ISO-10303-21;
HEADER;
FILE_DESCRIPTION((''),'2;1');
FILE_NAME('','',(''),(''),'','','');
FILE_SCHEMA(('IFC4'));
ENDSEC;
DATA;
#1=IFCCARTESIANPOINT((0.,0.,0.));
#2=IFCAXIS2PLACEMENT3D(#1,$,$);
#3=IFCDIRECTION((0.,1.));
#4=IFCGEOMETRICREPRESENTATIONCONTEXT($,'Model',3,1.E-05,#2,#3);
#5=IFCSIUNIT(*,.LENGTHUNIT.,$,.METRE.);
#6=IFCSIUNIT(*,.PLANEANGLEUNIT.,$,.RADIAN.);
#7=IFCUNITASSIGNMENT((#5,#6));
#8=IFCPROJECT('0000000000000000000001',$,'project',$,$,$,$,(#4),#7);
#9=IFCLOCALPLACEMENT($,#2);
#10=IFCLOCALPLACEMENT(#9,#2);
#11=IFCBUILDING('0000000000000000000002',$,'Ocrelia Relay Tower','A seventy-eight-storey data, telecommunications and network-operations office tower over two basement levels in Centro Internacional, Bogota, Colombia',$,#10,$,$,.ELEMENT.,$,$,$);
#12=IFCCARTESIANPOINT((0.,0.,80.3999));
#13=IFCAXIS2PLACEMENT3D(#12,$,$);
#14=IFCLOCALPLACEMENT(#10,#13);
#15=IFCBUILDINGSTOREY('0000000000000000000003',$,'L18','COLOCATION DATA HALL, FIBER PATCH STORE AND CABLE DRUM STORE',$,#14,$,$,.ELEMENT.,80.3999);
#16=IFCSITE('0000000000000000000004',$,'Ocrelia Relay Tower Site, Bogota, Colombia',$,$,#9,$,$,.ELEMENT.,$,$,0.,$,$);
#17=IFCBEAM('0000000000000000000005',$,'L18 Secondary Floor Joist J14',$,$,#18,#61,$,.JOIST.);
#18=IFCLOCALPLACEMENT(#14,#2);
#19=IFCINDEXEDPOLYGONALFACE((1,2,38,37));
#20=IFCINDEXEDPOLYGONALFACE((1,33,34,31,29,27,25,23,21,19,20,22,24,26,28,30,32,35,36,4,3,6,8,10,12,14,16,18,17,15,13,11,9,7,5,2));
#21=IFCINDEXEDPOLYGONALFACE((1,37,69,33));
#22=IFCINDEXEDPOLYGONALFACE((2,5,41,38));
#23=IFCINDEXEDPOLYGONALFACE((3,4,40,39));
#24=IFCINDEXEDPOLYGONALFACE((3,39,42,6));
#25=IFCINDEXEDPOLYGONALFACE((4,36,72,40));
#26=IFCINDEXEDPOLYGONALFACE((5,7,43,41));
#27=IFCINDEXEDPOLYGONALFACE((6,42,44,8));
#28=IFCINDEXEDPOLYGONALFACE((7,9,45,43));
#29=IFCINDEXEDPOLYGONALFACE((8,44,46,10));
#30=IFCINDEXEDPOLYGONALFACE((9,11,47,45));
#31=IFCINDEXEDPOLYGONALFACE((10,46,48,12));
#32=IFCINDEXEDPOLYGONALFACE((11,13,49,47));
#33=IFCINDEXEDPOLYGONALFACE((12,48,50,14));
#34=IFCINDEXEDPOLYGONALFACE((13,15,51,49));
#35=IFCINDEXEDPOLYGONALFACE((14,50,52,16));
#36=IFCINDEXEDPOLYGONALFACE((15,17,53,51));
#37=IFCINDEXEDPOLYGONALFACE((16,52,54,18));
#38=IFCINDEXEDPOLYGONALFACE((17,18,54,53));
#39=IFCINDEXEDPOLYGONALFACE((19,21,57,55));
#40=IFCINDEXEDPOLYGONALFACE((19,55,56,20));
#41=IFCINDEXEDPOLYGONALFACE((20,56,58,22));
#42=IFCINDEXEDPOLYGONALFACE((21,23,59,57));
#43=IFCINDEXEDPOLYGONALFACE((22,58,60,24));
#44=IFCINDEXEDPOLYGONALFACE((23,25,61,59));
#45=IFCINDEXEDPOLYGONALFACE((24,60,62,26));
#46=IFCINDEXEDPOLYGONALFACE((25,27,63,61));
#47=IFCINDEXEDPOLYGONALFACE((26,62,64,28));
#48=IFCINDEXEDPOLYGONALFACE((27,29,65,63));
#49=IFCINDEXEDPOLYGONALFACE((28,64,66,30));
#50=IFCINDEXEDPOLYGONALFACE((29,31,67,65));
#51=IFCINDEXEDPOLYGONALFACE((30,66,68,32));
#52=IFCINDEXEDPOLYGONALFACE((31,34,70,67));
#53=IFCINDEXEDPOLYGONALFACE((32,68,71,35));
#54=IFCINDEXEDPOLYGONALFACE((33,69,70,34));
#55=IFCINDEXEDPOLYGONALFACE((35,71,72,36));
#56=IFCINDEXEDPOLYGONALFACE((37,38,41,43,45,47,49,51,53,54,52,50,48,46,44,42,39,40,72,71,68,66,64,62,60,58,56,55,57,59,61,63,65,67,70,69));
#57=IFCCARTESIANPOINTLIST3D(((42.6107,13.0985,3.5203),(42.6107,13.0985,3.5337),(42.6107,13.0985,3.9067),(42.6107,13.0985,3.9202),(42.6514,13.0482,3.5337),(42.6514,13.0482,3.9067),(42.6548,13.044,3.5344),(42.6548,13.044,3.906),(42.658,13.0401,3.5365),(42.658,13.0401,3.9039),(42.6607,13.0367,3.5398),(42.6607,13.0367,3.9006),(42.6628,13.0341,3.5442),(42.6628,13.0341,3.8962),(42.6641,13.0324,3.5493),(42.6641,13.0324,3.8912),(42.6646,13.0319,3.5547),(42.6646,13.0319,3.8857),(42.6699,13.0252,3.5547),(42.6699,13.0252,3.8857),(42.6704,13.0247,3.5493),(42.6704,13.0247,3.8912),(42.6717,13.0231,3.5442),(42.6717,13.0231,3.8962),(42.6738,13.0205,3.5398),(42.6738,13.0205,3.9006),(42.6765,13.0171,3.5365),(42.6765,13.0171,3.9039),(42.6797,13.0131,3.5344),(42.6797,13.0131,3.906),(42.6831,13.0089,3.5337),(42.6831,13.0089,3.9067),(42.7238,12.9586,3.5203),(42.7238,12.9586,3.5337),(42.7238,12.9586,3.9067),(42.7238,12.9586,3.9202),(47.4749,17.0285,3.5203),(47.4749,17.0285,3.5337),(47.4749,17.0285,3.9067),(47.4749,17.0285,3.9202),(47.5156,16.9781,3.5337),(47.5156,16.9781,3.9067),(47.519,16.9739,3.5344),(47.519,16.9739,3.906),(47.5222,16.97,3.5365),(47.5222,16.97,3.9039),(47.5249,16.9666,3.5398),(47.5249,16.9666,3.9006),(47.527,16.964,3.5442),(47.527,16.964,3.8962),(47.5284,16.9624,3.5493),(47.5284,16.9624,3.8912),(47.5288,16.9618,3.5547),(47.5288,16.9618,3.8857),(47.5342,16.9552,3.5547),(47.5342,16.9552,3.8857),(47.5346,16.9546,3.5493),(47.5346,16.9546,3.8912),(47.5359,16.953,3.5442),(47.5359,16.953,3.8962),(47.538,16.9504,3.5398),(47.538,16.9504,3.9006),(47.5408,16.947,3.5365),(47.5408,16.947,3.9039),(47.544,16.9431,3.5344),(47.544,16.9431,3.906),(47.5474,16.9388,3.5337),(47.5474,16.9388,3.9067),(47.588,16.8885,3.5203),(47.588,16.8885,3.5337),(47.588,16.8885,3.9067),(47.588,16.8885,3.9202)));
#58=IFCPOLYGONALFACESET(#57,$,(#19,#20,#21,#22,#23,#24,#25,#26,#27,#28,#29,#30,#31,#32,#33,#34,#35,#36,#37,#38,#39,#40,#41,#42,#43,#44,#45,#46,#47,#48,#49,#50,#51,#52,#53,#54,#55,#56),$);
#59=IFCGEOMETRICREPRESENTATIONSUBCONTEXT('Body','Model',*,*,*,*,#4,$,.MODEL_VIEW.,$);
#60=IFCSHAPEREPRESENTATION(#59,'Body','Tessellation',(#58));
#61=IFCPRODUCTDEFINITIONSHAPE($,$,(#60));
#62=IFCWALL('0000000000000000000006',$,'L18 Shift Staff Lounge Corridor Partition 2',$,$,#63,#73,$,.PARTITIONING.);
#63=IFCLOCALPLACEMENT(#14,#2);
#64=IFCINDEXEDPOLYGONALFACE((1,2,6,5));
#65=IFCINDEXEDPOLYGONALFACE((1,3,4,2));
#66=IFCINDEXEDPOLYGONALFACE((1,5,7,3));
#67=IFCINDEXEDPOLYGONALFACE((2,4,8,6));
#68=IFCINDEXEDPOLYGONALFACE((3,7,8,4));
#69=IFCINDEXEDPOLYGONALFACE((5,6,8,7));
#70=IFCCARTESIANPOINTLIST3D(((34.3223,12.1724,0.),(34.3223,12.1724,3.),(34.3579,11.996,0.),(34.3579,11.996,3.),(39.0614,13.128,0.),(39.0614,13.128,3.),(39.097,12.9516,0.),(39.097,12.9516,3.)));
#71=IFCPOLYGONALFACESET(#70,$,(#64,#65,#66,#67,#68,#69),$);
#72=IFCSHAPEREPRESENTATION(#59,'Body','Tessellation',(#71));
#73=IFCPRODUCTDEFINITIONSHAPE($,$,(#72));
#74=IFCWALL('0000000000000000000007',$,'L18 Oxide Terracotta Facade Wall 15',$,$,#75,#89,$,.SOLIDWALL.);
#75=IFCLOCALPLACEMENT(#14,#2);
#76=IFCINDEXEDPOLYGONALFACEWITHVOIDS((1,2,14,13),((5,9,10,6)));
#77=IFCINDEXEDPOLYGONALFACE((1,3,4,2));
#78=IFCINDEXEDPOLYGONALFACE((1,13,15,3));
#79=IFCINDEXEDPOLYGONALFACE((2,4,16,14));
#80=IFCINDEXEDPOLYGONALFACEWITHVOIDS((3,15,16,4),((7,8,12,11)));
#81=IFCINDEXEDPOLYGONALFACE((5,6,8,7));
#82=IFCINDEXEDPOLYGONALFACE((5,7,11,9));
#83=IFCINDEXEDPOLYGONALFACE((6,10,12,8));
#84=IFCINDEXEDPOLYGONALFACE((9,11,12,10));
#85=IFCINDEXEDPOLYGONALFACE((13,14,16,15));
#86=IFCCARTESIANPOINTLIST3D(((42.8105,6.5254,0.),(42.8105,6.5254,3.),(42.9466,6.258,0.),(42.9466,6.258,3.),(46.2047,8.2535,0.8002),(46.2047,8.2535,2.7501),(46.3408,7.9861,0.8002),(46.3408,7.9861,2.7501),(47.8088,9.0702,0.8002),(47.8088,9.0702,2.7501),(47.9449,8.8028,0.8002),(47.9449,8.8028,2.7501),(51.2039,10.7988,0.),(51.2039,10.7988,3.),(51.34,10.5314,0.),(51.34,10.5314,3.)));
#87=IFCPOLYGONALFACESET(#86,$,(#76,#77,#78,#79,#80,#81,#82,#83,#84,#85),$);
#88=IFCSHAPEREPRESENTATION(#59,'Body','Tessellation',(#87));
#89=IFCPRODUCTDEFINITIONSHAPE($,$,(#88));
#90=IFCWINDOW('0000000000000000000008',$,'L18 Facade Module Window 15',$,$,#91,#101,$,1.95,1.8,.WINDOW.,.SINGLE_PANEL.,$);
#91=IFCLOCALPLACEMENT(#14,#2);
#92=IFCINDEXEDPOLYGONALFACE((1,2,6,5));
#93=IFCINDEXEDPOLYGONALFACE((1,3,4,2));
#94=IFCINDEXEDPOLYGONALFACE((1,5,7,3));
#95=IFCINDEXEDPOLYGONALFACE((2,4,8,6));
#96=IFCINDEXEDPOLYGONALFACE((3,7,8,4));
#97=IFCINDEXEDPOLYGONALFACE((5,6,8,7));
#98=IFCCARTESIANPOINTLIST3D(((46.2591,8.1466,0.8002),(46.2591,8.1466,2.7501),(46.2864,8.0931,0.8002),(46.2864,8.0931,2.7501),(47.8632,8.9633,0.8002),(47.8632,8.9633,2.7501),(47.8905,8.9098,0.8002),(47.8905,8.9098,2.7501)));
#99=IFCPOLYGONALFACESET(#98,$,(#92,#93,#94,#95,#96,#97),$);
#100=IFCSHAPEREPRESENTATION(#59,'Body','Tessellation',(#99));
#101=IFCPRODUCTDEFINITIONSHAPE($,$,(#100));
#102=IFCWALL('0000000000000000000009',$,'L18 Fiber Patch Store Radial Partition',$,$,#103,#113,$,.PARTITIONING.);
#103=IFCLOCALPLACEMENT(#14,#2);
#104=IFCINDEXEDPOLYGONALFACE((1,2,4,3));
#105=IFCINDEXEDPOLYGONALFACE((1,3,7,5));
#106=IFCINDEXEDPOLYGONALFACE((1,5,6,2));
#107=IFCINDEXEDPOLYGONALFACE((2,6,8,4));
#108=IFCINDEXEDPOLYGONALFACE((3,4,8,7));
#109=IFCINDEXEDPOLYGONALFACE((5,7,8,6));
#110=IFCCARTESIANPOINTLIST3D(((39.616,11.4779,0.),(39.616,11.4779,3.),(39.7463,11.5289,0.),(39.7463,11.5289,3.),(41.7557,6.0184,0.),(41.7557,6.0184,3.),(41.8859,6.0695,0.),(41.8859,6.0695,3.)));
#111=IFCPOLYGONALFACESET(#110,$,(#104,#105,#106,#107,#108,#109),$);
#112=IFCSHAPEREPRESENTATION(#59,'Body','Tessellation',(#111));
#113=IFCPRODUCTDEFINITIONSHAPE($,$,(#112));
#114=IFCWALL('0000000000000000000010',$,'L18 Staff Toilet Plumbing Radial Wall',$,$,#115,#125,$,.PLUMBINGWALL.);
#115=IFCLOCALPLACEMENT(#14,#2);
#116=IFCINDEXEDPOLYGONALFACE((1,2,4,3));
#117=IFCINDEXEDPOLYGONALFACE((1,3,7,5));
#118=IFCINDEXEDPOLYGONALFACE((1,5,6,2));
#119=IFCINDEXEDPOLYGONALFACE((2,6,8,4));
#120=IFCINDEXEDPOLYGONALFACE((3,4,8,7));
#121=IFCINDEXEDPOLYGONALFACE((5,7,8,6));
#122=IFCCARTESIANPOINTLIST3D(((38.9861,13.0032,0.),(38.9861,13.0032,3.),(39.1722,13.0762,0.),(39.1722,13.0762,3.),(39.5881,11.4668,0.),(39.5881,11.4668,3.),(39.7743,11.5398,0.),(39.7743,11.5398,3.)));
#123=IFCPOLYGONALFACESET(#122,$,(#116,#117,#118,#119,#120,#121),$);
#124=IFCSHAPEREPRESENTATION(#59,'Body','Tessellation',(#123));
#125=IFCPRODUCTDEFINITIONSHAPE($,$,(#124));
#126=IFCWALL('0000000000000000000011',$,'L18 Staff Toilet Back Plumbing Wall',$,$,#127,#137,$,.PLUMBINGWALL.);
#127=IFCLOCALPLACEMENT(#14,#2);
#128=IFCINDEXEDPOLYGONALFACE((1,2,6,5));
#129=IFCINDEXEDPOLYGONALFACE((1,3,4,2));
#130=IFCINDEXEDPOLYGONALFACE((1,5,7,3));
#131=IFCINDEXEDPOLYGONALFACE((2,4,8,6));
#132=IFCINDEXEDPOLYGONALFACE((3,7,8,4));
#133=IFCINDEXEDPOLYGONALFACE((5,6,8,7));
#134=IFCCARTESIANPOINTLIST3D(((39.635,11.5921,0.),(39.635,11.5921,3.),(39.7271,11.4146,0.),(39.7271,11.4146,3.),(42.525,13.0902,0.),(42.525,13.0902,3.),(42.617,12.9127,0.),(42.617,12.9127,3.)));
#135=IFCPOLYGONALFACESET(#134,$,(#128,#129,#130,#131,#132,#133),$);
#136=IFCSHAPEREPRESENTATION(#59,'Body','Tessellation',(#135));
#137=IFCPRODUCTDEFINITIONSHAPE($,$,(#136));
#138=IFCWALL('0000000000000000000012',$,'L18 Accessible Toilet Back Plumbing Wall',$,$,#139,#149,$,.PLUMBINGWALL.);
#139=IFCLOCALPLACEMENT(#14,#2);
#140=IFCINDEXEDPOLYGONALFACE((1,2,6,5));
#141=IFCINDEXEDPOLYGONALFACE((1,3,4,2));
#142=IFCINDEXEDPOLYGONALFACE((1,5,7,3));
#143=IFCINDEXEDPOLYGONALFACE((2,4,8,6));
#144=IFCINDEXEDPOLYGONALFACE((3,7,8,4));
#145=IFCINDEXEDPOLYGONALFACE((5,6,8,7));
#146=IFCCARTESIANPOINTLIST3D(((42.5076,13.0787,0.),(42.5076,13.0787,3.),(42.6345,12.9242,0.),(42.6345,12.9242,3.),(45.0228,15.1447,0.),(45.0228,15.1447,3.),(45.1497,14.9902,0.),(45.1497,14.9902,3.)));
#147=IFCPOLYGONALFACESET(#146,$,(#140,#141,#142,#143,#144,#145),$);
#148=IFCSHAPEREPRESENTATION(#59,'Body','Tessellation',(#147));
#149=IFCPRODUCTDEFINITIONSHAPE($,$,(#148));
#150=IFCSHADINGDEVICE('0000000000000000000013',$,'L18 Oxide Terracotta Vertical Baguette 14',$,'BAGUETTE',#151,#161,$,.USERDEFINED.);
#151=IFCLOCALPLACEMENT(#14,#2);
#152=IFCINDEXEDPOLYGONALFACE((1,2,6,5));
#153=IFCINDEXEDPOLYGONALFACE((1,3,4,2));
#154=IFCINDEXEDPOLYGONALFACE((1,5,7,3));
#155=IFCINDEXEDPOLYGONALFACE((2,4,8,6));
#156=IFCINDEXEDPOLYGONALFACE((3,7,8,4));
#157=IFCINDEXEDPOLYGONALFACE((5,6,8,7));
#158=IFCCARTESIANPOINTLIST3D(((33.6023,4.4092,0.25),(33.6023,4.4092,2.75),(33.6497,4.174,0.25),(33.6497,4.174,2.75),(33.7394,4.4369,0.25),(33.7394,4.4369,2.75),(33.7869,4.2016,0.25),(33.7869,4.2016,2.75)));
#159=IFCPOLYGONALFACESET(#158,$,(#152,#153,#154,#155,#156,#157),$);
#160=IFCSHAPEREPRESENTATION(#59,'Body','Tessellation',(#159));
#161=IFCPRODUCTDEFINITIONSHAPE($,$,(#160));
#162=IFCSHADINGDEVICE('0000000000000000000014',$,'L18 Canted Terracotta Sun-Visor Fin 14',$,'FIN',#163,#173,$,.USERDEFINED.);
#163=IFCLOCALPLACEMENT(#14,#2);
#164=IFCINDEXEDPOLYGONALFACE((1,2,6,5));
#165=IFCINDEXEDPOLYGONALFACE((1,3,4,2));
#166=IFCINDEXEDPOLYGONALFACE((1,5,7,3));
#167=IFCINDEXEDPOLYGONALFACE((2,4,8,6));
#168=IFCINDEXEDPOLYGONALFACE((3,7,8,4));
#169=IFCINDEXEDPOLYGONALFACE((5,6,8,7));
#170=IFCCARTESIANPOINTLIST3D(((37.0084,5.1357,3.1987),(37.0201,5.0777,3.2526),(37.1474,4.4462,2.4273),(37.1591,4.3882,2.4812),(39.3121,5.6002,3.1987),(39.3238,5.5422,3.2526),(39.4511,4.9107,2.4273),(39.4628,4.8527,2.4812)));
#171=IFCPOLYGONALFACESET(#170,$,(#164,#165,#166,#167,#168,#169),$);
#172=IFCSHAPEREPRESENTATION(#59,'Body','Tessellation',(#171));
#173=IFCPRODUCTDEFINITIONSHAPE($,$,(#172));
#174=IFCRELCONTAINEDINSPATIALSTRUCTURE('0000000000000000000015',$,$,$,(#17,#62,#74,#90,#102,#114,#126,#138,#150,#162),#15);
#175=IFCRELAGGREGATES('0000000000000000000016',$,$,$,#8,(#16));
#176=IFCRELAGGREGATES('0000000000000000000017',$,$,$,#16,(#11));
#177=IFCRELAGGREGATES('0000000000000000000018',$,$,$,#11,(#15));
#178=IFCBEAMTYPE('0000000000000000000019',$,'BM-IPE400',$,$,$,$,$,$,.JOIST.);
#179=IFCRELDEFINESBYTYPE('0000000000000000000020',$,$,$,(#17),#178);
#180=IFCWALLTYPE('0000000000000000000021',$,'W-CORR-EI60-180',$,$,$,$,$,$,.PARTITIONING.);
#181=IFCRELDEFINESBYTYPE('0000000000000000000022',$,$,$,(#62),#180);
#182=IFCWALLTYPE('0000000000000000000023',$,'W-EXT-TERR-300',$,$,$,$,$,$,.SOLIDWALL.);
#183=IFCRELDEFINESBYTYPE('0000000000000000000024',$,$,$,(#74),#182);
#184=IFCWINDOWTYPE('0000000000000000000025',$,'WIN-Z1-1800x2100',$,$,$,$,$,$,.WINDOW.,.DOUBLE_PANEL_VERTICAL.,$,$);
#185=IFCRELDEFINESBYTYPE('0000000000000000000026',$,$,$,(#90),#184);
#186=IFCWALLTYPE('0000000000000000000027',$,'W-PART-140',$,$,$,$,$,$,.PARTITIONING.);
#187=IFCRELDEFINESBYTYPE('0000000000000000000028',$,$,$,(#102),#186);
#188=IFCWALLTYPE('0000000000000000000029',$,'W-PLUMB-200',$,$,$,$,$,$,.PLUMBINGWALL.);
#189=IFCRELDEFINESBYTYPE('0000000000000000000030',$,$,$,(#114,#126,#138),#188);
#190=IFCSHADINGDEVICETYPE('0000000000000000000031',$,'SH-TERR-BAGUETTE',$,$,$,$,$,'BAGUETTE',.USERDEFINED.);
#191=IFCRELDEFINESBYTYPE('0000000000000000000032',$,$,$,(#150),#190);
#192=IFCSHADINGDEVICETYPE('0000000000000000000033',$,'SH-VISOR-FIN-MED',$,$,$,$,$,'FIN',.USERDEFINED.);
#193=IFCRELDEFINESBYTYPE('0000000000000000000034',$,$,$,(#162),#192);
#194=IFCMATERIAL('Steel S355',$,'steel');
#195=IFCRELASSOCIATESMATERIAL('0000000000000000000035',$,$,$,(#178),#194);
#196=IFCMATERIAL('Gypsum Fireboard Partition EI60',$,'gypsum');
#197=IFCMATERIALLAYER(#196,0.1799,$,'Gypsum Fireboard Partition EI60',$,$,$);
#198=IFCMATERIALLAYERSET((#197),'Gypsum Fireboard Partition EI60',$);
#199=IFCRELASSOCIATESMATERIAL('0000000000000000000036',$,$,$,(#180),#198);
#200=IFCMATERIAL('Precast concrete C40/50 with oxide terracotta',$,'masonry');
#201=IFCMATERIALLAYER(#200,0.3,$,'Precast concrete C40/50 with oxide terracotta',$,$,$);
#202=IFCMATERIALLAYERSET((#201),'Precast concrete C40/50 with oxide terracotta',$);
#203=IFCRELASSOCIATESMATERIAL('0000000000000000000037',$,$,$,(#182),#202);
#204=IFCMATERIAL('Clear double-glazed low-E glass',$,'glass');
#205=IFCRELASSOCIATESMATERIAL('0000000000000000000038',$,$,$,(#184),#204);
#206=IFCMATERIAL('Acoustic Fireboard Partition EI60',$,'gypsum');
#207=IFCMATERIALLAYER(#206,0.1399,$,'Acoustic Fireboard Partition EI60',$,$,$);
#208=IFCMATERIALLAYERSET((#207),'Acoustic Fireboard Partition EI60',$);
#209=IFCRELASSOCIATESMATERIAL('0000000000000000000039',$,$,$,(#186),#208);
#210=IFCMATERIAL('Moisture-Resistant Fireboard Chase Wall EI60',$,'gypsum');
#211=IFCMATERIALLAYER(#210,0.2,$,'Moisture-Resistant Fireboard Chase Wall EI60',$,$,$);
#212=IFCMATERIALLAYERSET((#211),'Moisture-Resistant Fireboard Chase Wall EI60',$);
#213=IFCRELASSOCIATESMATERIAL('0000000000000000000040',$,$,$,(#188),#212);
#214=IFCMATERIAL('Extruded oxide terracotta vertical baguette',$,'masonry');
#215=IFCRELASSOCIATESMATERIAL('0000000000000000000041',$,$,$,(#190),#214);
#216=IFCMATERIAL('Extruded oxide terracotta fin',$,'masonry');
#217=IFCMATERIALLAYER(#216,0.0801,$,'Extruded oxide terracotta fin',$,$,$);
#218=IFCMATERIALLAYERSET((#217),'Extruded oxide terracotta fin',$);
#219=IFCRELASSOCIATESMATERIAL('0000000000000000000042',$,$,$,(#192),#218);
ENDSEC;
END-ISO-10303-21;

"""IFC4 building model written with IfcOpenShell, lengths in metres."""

from ifc_helpers import new_model, si_unit, direction, frame, frame_2d, origin, origin_2d, place, context, subcontext, project, spatial, rectangle, i_section, extrude, material, layer, layer_set, material_profile, profile_set, type_object, element, fill, save


model = new_model("IFC4")

# Units and contexts
model_context = context("Model", 3, precision=1e-05, world=origin(), true_north=direction((0.0, 1.0)))
body_context = subcontext(model_context, "Body", "Model", "MODEL_VIEW")
ifc_project = project(units=[si_unit("LENGTHUNIT", "METRE"), si_unit("PLANEANGLEUNIT", "RADIAN")], contexts=[model_context])

# Site, building, storey
site_placement = place(None, origin())
site = spatial("IfcSite", under=ifc_project, at=site_placement, Name="Ocrelia Relay Tower Site, Bogota, Colombia", CompositionType="ELEMENT", RefElevation=0.0)
building_placement = place(site_placement, origin())
building = spatial("IfcBuilding", under=site, at=building_placement, Name="Ocrelia Relay Tower", Description="A seventy-eight-storey data, telecommunications and network-operations office tower over two basement levels in Centro Internacional, Bogota, Colombia", CompositionType="ELEMENT")
storey_placement = place(building_placement, frame((0.0, 0.0, 80.3999)))
storey = spatial("IfcBuildingStorey", under=building, at=storey_placement, Name="L18", Description="COLOCATION DATA HALL, FIBER PATCH STORE AND CABLE DRUM STORE", CompositionType="ELEMENT", Elevation=80.3999)

# Beam
ifc_material_1 = material(Name="Steel S355", Category="steel")
ifc_material_profile_1 = material_profile(ifc_material_1, i_section(OverallWidth=0.1799, OverallDepth=0.3999, WebThickness=0.0085, FlangeThickness=0.0134, FilletRadius=0.021, at=origin_2d()), Name="IPE 400")
ifc_profile_set_1 = profile_set([ifc_material_profile_1], Name="Steel S355")
beam_type_1 = type_object("IfcBeamType", Name="BM-IPE400", PredefinedType="JOIST", material=ifc_profile_set_1)
beam_1_placement = place(storey_placement, frame((42.6672, 13.0286, 3.7202), z_axis=(0.777855, 0.628444, 0.0), x_axis=(-0.628444, 0.777855, 0.0)))
element("IfcBeam", 1, at=beam_1_placement, inside=storey, type_object=beam_type_1, Name="L18 Secondary Floor Joist J14", PredefinedType="JOIST", context=body_context, shape_type="SweptSolid", body=[
    extrude(i_section(OverallWidth=0.1799, OverallDepth=0.3999, WebThickness=0.0085, FlangeThickness=0.0134, FilletRadius=0.021, at=origin_2d()), origin(), (0.0, 0.0, 1.0), 6.2534),
])

# Wall
ifc_material_2 = material(Name="Gypsum Fireboard Partition EI60", Category="gypsum")
ifc_layer_1 = layer(ifc_material_2, 0.1799, Name="Gypsum Fireboard Partition EI60")
ifc_layer_set_1 = layer_set([ifc_layer_1], Name="Gypsum Fireboard Partition EI60")
wall_type_1 = type_object("IfcWallType", Name="W-CORR-EI60-180", PredefinedType="PARTITIONING", material=ifc_layer_set_1)
wall_1_placement = place(storey_placement, frame((34.3401, 12.0842, 0.0), z_axis=(0.0, 0.0, 1.0), x_axis=(0.980271, 0.19766, 0.0)))
element("IfcWall", 2, at=wall_1_placement, inside=storey, type_object=wall_type_1, Name="L18 Shift Staff Lounge Corridor Partition 2", PredefinedType="PARTITIONING", context=body_context, shape_type="SweptSolid", body=[
    extrude(rectangle(XDim=4.8345, YDim=0.1799, at=frame_2d((2.4172, 0.0))), origin(), (0.0, 0.0, 1.0), 3.0),
])

# Shared definitions
ifc_material_3 = material(Name="Precast concrete C40/50 with oxide terracotta", Category="masonry")
ifc_layer_2 = layer(ifc_material_3, 0.3, Name="Precast concrete C40/50 with oxide terracotta")
ifc_layer_set_2 = layer_set([ifc_layer_2], Name="Precast concrete C40/50 with oxide terracotta")
wall_type_2 = type_object("IfcWallType", Name="W-EXT-TERR-300", PredefinedType="SOLIDWALL", material=ifc_layer_set_2)

# Wall, opening, window
wall_2_placement = place(storey_placement, frame((42.8784, 6.3916, 0.0), z_axis=(0.0, 0.0, 1.0), x_axis=(0.891143, 0.453723, 0.0)))
wall_2 = element("IfcWall", 3, at=wall_2_placement, inside=storey, type_object=wall_type_2, Name="L18 Oxide Terracotta Facade Wall 15", PredefinedType="SOLIDWALL", context=body_context, shape_type="SweptSolid", body=[
    extrude(rectangle(XDim=9.4187, YDim=0.3, at=frame_2d((4.7095, 0.0))), origin(), (0.0, 0.0, 1.0), 3.0),
])
opening_1_placement = place(wall_2_placement, frame((3.8091, 0.0, 0.8)))
opening_1 = element("IfcOpeningElement", 4, at=opening_1_placement, cuts=wall_2, PredefinedType="OPENING", context=body_context, shape_type="SweptSolid", body=[
    extrude(rectangle(XDim=1.8, YDim=1.95, at=frame_2d((0.8999, 0.9751))), frame((0.0, 0.1602, 0.0), z_axis=(0.0, -1.0, 0.0), x_axis=(1.0, 0.0, 0.0)), (0.0, 0.0, 1.0), 0.3201),
])
ifc_material_4 = material(Name="Clear double-glazed low-E glass", Category="glass")
window_type = type_object("IfcWindowType", Name="WIN-Z1-1800x2100", PartitioningType="DOUBLE_PANEL_VERTICAL", PredefinedType="WINDOW", material=ifc_material_4)
window_placement = place(opening_1_placement, origin())
window = element("IfcWindow", 5, at=window_placement, inside=storey, type_object=window_type, Name="L18 Facade Module Window 15", OverallHeight=1.95, OverallWidth=1.8, PartitioningType="SINGLE_PANEL", PredefinedType="WINDOW", context=body_context, shape_type="SweptSolid", body=[
    extrude(rectangle(XDim=1.8, YDim=1.95, at=frame_2d((0.8999, 0.9751))), frame((0.0, 0.03, 0.0), z_axis=(0.0, -1.0, 0.0), x_axis=(1.0, 0.0, 0.0)), (0.0, 0.0, 1.0), 0.0601),
])
fill(opening_1, window)

# Walls
ifc_material_5 = material(Name="Acoustic Fireboard Partition EI60", Category="gypsum")
ifc_layer_3 = layer(ifc_material_5, 0.1399, Name="Acoustic Fireboard Partition EI60")
ifc_layer_set_3 = layer_set([ifc_layer_3], Name="Acoustic Fireboard Partition EI60")
wall_type_3 = type_object("IfcWallType", Name="W-PART-140", PredefinedType="PARTITIONING", material=ifc_layer_set_3)
wall_3_placement = place(storey_placement, frame((39.6812, 11.5034, 0.0), z_axis=(0.0, 0.0, 1.0), x_axis=(0.364892, -0.93105, 0.0)))
element("IfcWall", 6, at=wall_3_placement, inside=storey, type_object=wall_type_3, Name="L18 Fiber Patch Store Radial Partition", PredefinedType="PARTITIONING", context=body_context, shape_type="SweptSolid", body=[
    extrude(rectangle(XDim=5.8638, YDim=0.1399, at=frame_2d((2.9319, 0.0))), origin(), (0.0, 0.0, 1.0), 3.0),
])
ifc_material_6 = material(Name="Moisture-Resistant Fireboard Chase Wall EI60", Category="gypsum")
ifc_layer_4 = layer(ifc_material_6, 0.2, Name="Moisture-Resistant Fireboard Chase Wall EI60")
ifc_layer_set_4 = layer_set([ifc_layer_4], Name="Moisture-Resistant Fireboard Chase Wall EI60")
wall_type_4 = type_object("IfcWallType", Name="W-PLUMB-200", PredefinedType="PLUMBINGWALL", material=ifc_layer_set_4)
wall_4_placement = place(storey_placement, frame((39.0791, 13.0398, 0.0), z_axis=(0.0, 0.0, 1.0), x_axis=(0.364851, -0.931066, 0.0)))
element("IfcWall", 7, at=wall_4_placement, inside=storey, type_object=wall_type_4, Name="L18 Staff Toilet Plumbing Radial Wall", PredefinedType="PLUMBINGWALL", context=body_context, shape_type="SweptSolid", body=[
    extrude(rectangle(XDim=1.6501, YDim=0.2, at=frame_2d((0.8252, 0.0))), origin(), (0.0, 0.0, 1.0), 3.0),
])
wall_5_placement = place(storey_placement, frame((39.6812, 11.5034, 0.0), z_axis=(0.0, 0.0, 1.0), x_axis=(0.887807, 0.460216, 0.0)))
element("IfcWall", 8, at=wall_5_placement, inside=storey, type_object=wall_type_4, Name="L18 Staff Toilet Back Plumbing Wall", PredefinedType="PLUMBINGWALL", context=body_context, shape_type="SweptSolid", body=[
    extrude(rectangle(XDim=3.2551, YDim=0.2, at=frame_2d((1.6274, 0.0))), origin(), (0.0, 0.0, 1.0), 3.0),
])
wall_6_placement = place(storey_placement, frame((42.571, 13.0015, 0.0), z_axis=(0.0, 0.0, 1.0), x_axis=(0.772739, 0.634723, 0.0)))
element("IfcWall", 9, at=wall_6_placement, inside=storey, type_object=wall_type_4, Name="L18 Accessible Toilet Back Plumbing Wall", PredefinedType="PLUMBINGWALL", context=body_context, shape_type="SweptSolid", body=[
    extrude(rectangle(XDim=3.2549, YDim=0.2, at=frame_2d((1.6274, 0.0))), origin(), (0.0, 0.0, 1.0), 3.0),
])

# Shading devices
ifc_material_7 = material(Name="Extruded oxide terracotta vertical baguette", Category="masonry")
shading_device_type_1 = type_object("IfcShadingDeviceType", Name="SH-TERR-BAGUETTE", ElementType="BAGUETTE", PredefinedType="USERDEFINED", material=ifc_material_7)
shading_device_1_placement = place(storey_placement, frame((33.6946, 4.3054, 0.25), z_axis=(0.0, 0.0, 1.0), x_axis=(0.980272, 0.197654, 0.0)))
element("IfcShadingDevice", 10, at=shading_device_1_placement, inside=storey, type_object=shading_device_type_1, Name="L18 Oxide Terracotta Vertical Baguette 14", ObjectType="BAGUETTE", PredefinedType="USERDEFINED", context=body_context, shape_type="SweptSolid", body=[
    extrude(rectangle(XDim=0.1399, YDim=0.24, at=origin_2d()), origin(), (0.0, 0.0, 1.0), 2.5),
])
ifc_material_8 = material(Name="Extruded oxide terracotta fin", Category="masonry")
ifc_layer_5 = layer(ifc_material_8, 0.0801, Name="Extruded oxide terracotta fin")
ifc_layer_set_5 = layer_set([ifc_layer_5], Name="Extruded oxide terracotta fin")
shading_device_type_2 = type_object("IfcShadingDeviceType", Name="SH-VISOR-FIN-MED", ElementType="FIN", PredefinedType="USERDEFINED", material=ifc_layer_set_5)
shading_device_2_placement = place(storey_placement, frame((38.2297, 5.0232, 2.813), z_axis=(0.146051, -0.724348, 0.673787), x_axis=(0.980272, 0.197654, 0.0)))
element("IfcShadingDevice", 11, at=shading_device_2_placement, inside=storey, type_object=shading_device_type_2, Name="L18 Canted Terracotta Sun-Visor Fin 14", ObjectType="FIN", PredefinedType="USERDEFINED", context=body_context, shape_type="SweptSolid", body=[
    extrude(rectangle(XDim=2.3501, YDim=1.0439, at=origin_2d()), origin(), (0.0, 0.0, 1.0), 0.0801),
])

save(model, "model.ifc")
